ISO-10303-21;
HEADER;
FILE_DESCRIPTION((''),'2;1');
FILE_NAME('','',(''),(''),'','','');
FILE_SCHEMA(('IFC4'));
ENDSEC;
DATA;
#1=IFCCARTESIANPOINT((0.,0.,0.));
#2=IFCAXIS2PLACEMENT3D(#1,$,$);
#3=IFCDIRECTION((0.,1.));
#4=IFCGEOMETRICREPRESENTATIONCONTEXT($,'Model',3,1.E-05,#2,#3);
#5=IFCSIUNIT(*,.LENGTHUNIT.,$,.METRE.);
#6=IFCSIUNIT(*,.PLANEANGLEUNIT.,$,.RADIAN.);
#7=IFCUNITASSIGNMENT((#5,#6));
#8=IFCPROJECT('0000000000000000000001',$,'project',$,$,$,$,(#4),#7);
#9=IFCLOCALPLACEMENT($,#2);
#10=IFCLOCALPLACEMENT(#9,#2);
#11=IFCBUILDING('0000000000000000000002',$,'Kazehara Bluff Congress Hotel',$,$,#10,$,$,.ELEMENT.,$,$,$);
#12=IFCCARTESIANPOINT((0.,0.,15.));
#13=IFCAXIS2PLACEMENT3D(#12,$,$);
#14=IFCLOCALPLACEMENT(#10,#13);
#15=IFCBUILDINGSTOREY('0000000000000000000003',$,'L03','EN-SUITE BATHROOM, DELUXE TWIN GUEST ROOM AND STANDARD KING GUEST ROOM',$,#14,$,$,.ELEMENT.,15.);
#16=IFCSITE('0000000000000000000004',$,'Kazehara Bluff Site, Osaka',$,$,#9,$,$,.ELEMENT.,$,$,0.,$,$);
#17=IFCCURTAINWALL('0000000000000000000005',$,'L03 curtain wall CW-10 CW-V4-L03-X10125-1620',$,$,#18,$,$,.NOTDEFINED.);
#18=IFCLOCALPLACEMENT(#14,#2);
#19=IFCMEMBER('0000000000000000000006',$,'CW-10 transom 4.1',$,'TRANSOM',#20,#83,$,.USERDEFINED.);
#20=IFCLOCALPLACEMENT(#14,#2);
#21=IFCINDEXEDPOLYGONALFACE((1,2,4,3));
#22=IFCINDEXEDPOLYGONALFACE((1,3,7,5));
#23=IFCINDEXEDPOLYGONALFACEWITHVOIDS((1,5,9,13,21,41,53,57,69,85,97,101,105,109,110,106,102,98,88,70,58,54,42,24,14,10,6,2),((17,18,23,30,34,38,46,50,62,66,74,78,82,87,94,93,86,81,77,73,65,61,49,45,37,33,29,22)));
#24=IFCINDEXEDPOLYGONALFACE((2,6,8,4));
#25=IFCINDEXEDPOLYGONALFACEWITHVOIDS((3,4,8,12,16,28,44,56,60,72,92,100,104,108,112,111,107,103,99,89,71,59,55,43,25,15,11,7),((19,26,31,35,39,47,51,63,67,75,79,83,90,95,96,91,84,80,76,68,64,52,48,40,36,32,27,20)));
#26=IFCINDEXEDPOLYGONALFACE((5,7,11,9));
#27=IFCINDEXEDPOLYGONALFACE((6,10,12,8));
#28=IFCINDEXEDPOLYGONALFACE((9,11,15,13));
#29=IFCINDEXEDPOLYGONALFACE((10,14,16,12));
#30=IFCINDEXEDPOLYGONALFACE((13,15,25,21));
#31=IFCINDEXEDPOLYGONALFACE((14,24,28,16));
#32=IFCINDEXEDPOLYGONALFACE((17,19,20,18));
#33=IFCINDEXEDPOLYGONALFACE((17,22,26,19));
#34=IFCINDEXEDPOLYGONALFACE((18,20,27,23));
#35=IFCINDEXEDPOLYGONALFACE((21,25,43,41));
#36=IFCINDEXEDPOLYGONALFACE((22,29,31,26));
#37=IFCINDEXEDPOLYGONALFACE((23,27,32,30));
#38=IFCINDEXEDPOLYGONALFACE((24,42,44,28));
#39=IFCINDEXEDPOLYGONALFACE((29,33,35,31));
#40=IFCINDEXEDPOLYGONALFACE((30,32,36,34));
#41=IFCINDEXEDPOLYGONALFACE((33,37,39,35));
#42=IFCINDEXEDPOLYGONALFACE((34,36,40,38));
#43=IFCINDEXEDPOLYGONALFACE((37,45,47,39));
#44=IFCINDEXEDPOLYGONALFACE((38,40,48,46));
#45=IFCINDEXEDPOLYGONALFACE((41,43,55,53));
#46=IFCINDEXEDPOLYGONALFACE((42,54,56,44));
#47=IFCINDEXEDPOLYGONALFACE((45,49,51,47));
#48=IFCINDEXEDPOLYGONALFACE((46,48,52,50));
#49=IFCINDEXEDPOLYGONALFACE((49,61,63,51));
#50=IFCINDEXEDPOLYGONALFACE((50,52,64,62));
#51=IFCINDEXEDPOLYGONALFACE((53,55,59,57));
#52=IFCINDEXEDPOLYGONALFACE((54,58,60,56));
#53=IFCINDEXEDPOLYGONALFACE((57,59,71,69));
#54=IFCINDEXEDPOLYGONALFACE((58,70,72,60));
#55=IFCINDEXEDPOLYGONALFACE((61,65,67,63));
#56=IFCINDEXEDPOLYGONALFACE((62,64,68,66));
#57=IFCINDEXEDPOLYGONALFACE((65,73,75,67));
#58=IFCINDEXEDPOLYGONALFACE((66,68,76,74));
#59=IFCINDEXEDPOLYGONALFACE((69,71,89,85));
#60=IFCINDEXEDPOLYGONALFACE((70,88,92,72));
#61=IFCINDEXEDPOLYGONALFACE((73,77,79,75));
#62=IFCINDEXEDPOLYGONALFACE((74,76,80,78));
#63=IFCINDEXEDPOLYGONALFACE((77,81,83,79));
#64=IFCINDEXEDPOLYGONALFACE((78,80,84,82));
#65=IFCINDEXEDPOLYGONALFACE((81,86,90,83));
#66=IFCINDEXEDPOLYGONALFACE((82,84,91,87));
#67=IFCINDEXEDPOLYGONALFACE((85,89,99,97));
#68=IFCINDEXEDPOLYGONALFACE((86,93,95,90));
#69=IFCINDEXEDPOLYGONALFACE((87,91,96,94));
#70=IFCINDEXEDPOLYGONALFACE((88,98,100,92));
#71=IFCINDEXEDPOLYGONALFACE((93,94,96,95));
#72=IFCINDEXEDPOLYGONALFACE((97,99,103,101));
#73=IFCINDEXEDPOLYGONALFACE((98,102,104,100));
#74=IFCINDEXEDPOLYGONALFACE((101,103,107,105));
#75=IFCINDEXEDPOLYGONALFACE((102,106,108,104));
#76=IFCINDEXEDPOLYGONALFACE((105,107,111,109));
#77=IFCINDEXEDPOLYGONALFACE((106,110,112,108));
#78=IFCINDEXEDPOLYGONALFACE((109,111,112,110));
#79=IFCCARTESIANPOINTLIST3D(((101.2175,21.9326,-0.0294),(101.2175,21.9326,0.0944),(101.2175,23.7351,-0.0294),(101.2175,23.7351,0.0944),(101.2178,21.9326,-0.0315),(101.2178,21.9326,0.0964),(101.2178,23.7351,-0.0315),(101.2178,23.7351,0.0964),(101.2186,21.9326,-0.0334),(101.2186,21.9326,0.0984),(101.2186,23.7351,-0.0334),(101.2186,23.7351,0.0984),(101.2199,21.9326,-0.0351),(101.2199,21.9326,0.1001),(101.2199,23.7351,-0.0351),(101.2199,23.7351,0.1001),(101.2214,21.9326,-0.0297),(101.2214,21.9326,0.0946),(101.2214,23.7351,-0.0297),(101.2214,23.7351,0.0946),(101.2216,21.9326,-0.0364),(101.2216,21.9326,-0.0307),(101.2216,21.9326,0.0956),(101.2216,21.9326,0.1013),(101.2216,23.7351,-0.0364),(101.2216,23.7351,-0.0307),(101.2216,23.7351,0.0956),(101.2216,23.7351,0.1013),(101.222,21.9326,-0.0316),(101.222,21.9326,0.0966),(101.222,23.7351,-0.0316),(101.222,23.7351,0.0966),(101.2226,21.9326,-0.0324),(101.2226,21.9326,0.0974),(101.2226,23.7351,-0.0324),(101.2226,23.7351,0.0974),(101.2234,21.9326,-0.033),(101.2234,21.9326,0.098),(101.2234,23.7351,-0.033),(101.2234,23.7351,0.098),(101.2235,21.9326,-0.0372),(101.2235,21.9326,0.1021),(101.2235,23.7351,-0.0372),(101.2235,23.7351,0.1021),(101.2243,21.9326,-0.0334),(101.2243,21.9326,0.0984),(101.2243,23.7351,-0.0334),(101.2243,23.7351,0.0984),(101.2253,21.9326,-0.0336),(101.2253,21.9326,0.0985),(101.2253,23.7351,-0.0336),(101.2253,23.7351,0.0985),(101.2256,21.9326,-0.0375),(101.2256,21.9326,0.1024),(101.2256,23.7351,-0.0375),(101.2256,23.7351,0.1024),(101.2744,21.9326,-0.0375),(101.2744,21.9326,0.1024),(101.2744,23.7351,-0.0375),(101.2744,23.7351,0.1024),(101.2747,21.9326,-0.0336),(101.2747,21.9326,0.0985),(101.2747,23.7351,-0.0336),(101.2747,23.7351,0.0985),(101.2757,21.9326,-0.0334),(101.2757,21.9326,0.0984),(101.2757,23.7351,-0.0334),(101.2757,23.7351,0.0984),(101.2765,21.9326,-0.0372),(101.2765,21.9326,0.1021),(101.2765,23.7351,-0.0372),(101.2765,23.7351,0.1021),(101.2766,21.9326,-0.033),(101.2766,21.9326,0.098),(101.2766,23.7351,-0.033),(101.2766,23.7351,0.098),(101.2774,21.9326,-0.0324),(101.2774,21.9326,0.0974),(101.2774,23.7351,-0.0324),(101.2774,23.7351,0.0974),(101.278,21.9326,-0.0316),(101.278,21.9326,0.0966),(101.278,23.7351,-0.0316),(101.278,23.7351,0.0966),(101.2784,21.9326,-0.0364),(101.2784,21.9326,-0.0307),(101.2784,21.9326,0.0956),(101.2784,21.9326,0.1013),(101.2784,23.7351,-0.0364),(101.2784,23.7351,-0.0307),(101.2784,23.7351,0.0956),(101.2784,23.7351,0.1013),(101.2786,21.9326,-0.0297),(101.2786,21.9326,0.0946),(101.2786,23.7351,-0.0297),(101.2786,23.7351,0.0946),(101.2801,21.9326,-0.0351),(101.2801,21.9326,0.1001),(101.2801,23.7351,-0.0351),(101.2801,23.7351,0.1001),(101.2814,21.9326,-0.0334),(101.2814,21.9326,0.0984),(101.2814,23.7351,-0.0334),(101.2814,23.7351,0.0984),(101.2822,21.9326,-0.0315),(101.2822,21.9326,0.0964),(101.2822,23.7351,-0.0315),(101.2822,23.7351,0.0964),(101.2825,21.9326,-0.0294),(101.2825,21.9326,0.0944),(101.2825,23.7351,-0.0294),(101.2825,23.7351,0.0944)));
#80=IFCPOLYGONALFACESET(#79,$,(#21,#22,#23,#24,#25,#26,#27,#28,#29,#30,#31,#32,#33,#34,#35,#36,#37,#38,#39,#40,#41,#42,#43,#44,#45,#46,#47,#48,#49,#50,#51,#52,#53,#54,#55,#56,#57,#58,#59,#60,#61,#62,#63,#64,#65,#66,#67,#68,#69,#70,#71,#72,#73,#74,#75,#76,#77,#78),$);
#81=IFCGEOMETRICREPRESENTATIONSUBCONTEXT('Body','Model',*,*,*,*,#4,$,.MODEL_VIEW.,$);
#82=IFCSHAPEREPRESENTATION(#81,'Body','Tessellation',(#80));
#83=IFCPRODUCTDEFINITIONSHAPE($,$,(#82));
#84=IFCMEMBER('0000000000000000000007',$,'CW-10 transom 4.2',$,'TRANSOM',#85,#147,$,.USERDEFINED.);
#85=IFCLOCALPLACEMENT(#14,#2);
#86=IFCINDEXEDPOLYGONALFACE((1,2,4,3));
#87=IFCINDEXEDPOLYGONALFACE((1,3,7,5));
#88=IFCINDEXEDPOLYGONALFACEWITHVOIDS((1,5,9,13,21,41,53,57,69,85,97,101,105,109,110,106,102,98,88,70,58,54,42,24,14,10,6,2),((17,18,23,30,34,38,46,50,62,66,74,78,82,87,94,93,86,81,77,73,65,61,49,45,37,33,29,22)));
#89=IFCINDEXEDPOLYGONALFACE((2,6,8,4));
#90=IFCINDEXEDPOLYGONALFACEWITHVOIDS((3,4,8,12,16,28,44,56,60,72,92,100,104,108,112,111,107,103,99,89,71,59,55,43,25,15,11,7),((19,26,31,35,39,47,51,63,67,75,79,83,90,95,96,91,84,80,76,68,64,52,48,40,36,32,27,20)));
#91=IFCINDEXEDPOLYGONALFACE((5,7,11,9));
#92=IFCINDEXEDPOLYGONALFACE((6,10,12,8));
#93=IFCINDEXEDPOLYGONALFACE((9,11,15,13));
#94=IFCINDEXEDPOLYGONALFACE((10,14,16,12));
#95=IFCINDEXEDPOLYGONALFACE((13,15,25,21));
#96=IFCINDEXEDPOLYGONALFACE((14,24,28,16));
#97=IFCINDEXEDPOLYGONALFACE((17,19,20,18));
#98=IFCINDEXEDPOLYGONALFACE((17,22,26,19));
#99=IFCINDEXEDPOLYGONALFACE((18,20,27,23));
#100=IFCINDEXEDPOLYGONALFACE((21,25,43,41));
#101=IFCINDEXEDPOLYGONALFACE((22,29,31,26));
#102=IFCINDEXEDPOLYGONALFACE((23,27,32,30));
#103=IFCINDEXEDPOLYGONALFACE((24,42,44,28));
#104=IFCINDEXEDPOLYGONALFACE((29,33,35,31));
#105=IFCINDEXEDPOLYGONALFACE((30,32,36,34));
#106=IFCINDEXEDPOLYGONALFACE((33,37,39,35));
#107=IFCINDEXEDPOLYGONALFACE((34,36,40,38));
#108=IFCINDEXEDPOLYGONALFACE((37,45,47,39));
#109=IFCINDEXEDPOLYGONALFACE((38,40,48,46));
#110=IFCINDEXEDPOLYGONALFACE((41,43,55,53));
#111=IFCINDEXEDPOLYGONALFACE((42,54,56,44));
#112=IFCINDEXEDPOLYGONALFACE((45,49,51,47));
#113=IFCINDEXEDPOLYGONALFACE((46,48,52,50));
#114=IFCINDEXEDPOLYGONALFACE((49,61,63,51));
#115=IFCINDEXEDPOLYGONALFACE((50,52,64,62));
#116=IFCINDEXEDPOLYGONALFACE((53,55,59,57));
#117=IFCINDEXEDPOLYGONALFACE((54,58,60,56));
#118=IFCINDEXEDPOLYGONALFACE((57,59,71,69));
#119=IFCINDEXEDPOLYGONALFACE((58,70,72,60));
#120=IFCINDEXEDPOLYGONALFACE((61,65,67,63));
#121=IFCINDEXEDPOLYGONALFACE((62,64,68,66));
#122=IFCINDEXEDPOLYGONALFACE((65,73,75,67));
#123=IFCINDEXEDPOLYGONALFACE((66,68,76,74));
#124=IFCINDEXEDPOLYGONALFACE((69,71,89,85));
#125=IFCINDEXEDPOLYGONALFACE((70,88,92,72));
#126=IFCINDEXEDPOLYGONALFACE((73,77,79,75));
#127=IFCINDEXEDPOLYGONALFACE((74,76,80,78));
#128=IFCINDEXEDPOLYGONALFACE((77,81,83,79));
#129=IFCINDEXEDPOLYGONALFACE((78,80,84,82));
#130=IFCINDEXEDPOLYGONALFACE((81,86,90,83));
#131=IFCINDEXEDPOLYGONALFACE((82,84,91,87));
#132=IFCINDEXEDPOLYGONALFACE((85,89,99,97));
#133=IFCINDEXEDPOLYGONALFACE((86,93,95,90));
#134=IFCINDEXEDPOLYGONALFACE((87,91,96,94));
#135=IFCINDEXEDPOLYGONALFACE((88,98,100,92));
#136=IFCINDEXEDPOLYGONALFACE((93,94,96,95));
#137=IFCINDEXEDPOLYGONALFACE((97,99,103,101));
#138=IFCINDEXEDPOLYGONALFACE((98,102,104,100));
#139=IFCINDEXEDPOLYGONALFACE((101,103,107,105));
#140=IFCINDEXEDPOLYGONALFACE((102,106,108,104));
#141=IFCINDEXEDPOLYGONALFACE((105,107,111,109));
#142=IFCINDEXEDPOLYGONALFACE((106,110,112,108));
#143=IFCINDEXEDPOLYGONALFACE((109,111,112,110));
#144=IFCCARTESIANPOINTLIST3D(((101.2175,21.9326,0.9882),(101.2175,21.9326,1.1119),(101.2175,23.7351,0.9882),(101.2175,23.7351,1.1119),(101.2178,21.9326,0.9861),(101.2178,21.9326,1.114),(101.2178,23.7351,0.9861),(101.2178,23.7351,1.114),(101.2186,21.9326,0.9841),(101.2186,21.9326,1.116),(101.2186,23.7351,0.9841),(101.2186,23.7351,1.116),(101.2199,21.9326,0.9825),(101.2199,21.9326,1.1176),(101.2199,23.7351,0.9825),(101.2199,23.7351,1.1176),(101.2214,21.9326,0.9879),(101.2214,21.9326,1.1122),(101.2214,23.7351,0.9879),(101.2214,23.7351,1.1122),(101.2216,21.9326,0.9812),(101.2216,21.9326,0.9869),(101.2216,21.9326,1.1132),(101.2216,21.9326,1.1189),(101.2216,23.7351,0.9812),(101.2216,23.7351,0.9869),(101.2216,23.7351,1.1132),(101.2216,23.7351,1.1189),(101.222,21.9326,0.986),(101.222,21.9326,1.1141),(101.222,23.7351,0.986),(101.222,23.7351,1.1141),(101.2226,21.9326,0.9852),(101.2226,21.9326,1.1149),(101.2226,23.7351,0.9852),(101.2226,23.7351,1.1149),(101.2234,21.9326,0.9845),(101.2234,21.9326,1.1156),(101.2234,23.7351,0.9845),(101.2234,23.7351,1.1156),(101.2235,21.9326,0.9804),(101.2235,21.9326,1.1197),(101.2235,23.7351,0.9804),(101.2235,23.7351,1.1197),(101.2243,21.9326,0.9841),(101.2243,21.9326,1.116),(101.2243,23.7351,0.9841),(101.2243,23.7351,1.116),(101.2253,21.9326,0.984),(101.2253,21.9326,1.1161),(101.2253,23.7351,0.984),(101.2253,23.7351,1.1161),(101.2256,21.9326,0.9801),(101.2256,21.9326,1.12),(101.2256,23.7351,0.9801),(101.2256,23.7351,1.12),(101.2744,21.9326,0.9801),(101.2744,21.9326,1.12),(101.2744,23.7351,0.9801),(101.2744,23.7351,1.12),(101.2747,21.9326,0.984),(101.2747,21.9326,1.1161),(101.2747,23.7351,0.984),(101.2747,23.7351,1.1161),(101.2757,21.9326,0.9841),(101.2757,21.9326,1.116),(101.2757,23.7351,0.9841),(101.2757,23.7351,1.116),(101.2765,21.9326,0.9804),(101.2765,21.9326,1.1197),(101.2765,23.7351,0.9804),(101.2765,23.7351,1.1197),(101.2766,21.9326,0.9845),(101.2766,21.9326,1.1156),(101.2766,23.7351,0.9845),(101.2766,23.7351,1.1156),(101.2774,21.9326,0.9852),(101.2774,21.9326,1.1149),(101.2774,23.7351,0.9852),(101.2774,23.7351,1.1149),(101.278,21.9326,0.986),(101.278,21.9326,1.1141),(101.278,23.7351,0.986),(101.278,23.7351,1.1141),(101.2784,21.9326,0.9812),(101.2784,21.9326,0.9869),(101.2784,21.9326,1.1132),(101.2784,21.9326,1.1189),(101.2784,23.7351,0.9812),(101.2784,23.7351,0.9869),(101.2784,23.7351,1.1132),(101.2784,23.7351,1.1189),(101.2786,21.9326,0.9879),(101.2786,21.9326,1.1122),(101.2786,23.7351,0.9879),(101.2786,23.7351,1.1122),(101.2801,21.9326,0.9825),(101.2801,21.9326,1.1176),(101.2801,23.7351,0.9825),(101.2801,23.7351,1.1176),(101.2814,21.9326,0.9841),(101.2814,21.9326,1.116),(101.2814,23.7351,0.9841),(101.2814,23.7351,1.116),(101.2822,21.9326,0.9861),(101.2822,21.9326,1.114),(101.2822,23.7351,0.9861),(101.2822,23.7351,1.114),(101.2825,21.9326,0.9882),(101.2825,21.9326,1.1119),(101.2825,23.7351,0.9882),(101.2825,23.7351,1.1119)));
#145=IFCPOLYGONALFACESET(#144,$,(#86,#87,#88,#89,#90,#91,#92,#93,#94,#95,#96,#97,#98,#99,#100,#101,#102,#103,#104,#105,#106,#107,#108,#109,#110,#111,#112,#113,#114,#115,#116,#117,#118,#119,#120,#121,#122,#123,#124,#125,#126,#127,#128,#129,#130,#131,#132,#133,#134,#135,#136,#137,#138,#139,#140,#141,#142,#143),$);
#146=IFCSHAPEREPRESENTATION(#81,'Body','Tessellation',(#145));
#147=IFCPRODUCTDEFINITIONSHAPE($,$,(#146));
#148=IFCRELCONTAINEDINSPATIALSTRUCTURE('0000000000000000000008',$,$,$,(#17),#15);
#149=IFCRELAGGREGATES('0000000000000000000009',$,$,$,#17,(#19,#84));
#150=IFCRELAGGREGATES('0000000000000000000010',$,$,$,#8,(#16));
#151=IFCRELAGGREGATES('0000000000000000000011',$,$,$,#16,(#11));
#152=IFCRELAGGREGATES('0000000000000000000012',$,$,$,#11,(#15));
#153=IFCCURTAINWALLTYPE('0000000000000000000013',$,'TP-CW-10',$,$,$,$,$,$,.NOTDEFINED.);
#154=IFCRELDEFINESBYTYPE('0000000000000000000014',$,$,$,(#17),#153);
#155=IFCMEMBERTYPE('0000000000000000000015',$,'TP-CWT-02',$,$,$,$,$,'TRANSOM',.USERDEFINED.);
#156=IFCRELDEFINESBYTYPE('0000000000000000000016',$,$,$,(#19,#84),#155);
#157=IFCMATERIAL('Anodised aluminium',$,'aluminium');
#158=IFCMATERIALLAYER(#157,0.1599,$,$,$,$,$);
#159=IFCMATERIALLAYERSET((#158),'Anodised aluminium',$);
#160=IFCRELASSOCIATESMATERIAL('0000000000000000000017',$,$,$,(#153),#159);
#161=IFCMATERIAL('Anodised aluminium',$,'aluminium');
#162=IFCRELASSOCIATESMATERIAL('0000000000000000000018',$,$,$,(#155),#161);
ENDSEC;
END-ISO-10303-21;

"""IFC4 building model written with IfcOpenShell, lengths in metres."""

from ifc_helpers import new_model, si_unit, direction, frame, origin, origin_2d, place, context, subcontext, project, spatial, hollow_rectangle, extrude, material, layer, layer_set, material_profile, profile_set, type_object, element, aggregate, save


model = new_model("IFC4")

# Units and contexts
model_context = context("Model", 3, precision=1e-05, world=origin(), true_north=direction((0.0, 1.0)))
body_context = subcontext(model_context, "Body", "Model", "MODEL_VIEW")
ifc_project = project(units=[si_unit("LENGTHUNIT", "METRE"), si_unit("PLANEANGLEUNIT", "RADIAN")], contexts=[model_context])

# Site, building, storey
site_placement = place(None, origin())
site = spatial("IfcSite", under=ifc_project, at=site_placement, Name="Kazehara Bluff Site, Osaka", CompositionType="ELEMENT", RefElevation=0.0)
building_placement = place(site_placement, origin())
building = spatial("IfcBuilding", under=site, at=building_placement, Name="Kazehara Bluff Congress Hotel", CompositionType="ELEMENT")
storey_placement = place(building_placement, frame((0.0, 0.0, 15.0)))
storey = spatial("IfcBuildingStorey", under=building, at=storey_placement, Name="L03", Description="EN-SUITE BATHROOM, DELUXE TWIN GUEST ROOM AND STANDARD KING GUEST ROOM", CompositionType="ELEMENT", Elevation=15.0)

# Curtain wall, members
ifc_material_1 = material(Name="Anodised aluminium", Category="aluminium")
ifc_layer_1 = layer(ifc_material_1, 0.1599)
ifc_layer_set_1 = layer_set([ifc_layer_1], Name="Anodised aluminium")
curtain_wall_type = type_object("IfcCurtainWallType", Name="TP-CW-10", PredefinedType="NOTDEFINED", material=ifc_layer_set_1)
curtain_wall_placement = place(storey_placement, origin())
curtain_wall = element("IfcCurtainWall", 1, at=curtain_wall_placement, inside=storey, type_object=curtain_wall_type, Name="L03 curtain wall CW-10 CW-V4-L03-X10125-1620", PredefinedType="NOTDEFINED")
ifc_material_2 = material(Name="Anodised aluminium", Category="aluminium")
ifc_material_profile_1 = material_profile(ifc_material_2, hollow_rectangle(XDim=0.0649, YDim=0.1399, WallThickness=0.0039, InnerFilletRadius=0.0039, OuterFilletRadius=0.0081, at=origin_2d()))
ifc_profile_set_1 = profile_set([ifc_material_profile_1], Name="Anodised aluminium")
member_type_1 = type_object("IfcMemberType", Name="TP-CWT-02", ElementType="TRANSOM", PredefinedType="USERDEFINED", material=ifc_profile_set_1)
member_1_placement = place(storey_placement, frame((101.25, 21.9326, 0.0325), z_axis=(0.0, 1.0, 0.0), x_axis=(-1.0, 0.0, 0.0)))
member_1 = element("IfcMember", 2, at=member_1_placement, type_object=member_type_1, Name="CW-10 transom 4.1", ObjectType="TRANSOM", PredefinedType="USERDEFINED", context=body_context, shape_type="SweptSolid", body=[
    extrude(hollow_rectangle(XDim=0.0649, YDim=0.1399, WallThickness=0.0039, InnerFilletRadius=0.0039, OuterFilletRadius=0.0081, at=origin_2d()), origin(), (0.0, 0.0, 1.0), 1.8025),
])
member_2_placement = place(storey_placement, frame((101.25, 21.9326, 1.05), z_axis=(0.0, 1.0, 0.0), x_axis=(-1.0, 0.0, 0.0)))
member_2 = element("IfcMember", 3, at=member_2_placement, type_object=member_type_1, Name="CW-10 transom 4.2", ObjectType="TRANSOM", PredefinedType="USERDEFINED", context=body_context, shape_type="SweptSolid", body=[
    extrude(hollow_rectangle(XDim=0.0649, YDim=0.1399, WallThickness=0.0039, InnerFilletRadius=0.0039, OuterFilletRadius=0.0081, at=origin_2d()), origin(), (0.0, 0.0, 1.0), 1.8025),
])
aggregate(curtain_wall, [member_1, member_2])

save(model, "model.ifc")
